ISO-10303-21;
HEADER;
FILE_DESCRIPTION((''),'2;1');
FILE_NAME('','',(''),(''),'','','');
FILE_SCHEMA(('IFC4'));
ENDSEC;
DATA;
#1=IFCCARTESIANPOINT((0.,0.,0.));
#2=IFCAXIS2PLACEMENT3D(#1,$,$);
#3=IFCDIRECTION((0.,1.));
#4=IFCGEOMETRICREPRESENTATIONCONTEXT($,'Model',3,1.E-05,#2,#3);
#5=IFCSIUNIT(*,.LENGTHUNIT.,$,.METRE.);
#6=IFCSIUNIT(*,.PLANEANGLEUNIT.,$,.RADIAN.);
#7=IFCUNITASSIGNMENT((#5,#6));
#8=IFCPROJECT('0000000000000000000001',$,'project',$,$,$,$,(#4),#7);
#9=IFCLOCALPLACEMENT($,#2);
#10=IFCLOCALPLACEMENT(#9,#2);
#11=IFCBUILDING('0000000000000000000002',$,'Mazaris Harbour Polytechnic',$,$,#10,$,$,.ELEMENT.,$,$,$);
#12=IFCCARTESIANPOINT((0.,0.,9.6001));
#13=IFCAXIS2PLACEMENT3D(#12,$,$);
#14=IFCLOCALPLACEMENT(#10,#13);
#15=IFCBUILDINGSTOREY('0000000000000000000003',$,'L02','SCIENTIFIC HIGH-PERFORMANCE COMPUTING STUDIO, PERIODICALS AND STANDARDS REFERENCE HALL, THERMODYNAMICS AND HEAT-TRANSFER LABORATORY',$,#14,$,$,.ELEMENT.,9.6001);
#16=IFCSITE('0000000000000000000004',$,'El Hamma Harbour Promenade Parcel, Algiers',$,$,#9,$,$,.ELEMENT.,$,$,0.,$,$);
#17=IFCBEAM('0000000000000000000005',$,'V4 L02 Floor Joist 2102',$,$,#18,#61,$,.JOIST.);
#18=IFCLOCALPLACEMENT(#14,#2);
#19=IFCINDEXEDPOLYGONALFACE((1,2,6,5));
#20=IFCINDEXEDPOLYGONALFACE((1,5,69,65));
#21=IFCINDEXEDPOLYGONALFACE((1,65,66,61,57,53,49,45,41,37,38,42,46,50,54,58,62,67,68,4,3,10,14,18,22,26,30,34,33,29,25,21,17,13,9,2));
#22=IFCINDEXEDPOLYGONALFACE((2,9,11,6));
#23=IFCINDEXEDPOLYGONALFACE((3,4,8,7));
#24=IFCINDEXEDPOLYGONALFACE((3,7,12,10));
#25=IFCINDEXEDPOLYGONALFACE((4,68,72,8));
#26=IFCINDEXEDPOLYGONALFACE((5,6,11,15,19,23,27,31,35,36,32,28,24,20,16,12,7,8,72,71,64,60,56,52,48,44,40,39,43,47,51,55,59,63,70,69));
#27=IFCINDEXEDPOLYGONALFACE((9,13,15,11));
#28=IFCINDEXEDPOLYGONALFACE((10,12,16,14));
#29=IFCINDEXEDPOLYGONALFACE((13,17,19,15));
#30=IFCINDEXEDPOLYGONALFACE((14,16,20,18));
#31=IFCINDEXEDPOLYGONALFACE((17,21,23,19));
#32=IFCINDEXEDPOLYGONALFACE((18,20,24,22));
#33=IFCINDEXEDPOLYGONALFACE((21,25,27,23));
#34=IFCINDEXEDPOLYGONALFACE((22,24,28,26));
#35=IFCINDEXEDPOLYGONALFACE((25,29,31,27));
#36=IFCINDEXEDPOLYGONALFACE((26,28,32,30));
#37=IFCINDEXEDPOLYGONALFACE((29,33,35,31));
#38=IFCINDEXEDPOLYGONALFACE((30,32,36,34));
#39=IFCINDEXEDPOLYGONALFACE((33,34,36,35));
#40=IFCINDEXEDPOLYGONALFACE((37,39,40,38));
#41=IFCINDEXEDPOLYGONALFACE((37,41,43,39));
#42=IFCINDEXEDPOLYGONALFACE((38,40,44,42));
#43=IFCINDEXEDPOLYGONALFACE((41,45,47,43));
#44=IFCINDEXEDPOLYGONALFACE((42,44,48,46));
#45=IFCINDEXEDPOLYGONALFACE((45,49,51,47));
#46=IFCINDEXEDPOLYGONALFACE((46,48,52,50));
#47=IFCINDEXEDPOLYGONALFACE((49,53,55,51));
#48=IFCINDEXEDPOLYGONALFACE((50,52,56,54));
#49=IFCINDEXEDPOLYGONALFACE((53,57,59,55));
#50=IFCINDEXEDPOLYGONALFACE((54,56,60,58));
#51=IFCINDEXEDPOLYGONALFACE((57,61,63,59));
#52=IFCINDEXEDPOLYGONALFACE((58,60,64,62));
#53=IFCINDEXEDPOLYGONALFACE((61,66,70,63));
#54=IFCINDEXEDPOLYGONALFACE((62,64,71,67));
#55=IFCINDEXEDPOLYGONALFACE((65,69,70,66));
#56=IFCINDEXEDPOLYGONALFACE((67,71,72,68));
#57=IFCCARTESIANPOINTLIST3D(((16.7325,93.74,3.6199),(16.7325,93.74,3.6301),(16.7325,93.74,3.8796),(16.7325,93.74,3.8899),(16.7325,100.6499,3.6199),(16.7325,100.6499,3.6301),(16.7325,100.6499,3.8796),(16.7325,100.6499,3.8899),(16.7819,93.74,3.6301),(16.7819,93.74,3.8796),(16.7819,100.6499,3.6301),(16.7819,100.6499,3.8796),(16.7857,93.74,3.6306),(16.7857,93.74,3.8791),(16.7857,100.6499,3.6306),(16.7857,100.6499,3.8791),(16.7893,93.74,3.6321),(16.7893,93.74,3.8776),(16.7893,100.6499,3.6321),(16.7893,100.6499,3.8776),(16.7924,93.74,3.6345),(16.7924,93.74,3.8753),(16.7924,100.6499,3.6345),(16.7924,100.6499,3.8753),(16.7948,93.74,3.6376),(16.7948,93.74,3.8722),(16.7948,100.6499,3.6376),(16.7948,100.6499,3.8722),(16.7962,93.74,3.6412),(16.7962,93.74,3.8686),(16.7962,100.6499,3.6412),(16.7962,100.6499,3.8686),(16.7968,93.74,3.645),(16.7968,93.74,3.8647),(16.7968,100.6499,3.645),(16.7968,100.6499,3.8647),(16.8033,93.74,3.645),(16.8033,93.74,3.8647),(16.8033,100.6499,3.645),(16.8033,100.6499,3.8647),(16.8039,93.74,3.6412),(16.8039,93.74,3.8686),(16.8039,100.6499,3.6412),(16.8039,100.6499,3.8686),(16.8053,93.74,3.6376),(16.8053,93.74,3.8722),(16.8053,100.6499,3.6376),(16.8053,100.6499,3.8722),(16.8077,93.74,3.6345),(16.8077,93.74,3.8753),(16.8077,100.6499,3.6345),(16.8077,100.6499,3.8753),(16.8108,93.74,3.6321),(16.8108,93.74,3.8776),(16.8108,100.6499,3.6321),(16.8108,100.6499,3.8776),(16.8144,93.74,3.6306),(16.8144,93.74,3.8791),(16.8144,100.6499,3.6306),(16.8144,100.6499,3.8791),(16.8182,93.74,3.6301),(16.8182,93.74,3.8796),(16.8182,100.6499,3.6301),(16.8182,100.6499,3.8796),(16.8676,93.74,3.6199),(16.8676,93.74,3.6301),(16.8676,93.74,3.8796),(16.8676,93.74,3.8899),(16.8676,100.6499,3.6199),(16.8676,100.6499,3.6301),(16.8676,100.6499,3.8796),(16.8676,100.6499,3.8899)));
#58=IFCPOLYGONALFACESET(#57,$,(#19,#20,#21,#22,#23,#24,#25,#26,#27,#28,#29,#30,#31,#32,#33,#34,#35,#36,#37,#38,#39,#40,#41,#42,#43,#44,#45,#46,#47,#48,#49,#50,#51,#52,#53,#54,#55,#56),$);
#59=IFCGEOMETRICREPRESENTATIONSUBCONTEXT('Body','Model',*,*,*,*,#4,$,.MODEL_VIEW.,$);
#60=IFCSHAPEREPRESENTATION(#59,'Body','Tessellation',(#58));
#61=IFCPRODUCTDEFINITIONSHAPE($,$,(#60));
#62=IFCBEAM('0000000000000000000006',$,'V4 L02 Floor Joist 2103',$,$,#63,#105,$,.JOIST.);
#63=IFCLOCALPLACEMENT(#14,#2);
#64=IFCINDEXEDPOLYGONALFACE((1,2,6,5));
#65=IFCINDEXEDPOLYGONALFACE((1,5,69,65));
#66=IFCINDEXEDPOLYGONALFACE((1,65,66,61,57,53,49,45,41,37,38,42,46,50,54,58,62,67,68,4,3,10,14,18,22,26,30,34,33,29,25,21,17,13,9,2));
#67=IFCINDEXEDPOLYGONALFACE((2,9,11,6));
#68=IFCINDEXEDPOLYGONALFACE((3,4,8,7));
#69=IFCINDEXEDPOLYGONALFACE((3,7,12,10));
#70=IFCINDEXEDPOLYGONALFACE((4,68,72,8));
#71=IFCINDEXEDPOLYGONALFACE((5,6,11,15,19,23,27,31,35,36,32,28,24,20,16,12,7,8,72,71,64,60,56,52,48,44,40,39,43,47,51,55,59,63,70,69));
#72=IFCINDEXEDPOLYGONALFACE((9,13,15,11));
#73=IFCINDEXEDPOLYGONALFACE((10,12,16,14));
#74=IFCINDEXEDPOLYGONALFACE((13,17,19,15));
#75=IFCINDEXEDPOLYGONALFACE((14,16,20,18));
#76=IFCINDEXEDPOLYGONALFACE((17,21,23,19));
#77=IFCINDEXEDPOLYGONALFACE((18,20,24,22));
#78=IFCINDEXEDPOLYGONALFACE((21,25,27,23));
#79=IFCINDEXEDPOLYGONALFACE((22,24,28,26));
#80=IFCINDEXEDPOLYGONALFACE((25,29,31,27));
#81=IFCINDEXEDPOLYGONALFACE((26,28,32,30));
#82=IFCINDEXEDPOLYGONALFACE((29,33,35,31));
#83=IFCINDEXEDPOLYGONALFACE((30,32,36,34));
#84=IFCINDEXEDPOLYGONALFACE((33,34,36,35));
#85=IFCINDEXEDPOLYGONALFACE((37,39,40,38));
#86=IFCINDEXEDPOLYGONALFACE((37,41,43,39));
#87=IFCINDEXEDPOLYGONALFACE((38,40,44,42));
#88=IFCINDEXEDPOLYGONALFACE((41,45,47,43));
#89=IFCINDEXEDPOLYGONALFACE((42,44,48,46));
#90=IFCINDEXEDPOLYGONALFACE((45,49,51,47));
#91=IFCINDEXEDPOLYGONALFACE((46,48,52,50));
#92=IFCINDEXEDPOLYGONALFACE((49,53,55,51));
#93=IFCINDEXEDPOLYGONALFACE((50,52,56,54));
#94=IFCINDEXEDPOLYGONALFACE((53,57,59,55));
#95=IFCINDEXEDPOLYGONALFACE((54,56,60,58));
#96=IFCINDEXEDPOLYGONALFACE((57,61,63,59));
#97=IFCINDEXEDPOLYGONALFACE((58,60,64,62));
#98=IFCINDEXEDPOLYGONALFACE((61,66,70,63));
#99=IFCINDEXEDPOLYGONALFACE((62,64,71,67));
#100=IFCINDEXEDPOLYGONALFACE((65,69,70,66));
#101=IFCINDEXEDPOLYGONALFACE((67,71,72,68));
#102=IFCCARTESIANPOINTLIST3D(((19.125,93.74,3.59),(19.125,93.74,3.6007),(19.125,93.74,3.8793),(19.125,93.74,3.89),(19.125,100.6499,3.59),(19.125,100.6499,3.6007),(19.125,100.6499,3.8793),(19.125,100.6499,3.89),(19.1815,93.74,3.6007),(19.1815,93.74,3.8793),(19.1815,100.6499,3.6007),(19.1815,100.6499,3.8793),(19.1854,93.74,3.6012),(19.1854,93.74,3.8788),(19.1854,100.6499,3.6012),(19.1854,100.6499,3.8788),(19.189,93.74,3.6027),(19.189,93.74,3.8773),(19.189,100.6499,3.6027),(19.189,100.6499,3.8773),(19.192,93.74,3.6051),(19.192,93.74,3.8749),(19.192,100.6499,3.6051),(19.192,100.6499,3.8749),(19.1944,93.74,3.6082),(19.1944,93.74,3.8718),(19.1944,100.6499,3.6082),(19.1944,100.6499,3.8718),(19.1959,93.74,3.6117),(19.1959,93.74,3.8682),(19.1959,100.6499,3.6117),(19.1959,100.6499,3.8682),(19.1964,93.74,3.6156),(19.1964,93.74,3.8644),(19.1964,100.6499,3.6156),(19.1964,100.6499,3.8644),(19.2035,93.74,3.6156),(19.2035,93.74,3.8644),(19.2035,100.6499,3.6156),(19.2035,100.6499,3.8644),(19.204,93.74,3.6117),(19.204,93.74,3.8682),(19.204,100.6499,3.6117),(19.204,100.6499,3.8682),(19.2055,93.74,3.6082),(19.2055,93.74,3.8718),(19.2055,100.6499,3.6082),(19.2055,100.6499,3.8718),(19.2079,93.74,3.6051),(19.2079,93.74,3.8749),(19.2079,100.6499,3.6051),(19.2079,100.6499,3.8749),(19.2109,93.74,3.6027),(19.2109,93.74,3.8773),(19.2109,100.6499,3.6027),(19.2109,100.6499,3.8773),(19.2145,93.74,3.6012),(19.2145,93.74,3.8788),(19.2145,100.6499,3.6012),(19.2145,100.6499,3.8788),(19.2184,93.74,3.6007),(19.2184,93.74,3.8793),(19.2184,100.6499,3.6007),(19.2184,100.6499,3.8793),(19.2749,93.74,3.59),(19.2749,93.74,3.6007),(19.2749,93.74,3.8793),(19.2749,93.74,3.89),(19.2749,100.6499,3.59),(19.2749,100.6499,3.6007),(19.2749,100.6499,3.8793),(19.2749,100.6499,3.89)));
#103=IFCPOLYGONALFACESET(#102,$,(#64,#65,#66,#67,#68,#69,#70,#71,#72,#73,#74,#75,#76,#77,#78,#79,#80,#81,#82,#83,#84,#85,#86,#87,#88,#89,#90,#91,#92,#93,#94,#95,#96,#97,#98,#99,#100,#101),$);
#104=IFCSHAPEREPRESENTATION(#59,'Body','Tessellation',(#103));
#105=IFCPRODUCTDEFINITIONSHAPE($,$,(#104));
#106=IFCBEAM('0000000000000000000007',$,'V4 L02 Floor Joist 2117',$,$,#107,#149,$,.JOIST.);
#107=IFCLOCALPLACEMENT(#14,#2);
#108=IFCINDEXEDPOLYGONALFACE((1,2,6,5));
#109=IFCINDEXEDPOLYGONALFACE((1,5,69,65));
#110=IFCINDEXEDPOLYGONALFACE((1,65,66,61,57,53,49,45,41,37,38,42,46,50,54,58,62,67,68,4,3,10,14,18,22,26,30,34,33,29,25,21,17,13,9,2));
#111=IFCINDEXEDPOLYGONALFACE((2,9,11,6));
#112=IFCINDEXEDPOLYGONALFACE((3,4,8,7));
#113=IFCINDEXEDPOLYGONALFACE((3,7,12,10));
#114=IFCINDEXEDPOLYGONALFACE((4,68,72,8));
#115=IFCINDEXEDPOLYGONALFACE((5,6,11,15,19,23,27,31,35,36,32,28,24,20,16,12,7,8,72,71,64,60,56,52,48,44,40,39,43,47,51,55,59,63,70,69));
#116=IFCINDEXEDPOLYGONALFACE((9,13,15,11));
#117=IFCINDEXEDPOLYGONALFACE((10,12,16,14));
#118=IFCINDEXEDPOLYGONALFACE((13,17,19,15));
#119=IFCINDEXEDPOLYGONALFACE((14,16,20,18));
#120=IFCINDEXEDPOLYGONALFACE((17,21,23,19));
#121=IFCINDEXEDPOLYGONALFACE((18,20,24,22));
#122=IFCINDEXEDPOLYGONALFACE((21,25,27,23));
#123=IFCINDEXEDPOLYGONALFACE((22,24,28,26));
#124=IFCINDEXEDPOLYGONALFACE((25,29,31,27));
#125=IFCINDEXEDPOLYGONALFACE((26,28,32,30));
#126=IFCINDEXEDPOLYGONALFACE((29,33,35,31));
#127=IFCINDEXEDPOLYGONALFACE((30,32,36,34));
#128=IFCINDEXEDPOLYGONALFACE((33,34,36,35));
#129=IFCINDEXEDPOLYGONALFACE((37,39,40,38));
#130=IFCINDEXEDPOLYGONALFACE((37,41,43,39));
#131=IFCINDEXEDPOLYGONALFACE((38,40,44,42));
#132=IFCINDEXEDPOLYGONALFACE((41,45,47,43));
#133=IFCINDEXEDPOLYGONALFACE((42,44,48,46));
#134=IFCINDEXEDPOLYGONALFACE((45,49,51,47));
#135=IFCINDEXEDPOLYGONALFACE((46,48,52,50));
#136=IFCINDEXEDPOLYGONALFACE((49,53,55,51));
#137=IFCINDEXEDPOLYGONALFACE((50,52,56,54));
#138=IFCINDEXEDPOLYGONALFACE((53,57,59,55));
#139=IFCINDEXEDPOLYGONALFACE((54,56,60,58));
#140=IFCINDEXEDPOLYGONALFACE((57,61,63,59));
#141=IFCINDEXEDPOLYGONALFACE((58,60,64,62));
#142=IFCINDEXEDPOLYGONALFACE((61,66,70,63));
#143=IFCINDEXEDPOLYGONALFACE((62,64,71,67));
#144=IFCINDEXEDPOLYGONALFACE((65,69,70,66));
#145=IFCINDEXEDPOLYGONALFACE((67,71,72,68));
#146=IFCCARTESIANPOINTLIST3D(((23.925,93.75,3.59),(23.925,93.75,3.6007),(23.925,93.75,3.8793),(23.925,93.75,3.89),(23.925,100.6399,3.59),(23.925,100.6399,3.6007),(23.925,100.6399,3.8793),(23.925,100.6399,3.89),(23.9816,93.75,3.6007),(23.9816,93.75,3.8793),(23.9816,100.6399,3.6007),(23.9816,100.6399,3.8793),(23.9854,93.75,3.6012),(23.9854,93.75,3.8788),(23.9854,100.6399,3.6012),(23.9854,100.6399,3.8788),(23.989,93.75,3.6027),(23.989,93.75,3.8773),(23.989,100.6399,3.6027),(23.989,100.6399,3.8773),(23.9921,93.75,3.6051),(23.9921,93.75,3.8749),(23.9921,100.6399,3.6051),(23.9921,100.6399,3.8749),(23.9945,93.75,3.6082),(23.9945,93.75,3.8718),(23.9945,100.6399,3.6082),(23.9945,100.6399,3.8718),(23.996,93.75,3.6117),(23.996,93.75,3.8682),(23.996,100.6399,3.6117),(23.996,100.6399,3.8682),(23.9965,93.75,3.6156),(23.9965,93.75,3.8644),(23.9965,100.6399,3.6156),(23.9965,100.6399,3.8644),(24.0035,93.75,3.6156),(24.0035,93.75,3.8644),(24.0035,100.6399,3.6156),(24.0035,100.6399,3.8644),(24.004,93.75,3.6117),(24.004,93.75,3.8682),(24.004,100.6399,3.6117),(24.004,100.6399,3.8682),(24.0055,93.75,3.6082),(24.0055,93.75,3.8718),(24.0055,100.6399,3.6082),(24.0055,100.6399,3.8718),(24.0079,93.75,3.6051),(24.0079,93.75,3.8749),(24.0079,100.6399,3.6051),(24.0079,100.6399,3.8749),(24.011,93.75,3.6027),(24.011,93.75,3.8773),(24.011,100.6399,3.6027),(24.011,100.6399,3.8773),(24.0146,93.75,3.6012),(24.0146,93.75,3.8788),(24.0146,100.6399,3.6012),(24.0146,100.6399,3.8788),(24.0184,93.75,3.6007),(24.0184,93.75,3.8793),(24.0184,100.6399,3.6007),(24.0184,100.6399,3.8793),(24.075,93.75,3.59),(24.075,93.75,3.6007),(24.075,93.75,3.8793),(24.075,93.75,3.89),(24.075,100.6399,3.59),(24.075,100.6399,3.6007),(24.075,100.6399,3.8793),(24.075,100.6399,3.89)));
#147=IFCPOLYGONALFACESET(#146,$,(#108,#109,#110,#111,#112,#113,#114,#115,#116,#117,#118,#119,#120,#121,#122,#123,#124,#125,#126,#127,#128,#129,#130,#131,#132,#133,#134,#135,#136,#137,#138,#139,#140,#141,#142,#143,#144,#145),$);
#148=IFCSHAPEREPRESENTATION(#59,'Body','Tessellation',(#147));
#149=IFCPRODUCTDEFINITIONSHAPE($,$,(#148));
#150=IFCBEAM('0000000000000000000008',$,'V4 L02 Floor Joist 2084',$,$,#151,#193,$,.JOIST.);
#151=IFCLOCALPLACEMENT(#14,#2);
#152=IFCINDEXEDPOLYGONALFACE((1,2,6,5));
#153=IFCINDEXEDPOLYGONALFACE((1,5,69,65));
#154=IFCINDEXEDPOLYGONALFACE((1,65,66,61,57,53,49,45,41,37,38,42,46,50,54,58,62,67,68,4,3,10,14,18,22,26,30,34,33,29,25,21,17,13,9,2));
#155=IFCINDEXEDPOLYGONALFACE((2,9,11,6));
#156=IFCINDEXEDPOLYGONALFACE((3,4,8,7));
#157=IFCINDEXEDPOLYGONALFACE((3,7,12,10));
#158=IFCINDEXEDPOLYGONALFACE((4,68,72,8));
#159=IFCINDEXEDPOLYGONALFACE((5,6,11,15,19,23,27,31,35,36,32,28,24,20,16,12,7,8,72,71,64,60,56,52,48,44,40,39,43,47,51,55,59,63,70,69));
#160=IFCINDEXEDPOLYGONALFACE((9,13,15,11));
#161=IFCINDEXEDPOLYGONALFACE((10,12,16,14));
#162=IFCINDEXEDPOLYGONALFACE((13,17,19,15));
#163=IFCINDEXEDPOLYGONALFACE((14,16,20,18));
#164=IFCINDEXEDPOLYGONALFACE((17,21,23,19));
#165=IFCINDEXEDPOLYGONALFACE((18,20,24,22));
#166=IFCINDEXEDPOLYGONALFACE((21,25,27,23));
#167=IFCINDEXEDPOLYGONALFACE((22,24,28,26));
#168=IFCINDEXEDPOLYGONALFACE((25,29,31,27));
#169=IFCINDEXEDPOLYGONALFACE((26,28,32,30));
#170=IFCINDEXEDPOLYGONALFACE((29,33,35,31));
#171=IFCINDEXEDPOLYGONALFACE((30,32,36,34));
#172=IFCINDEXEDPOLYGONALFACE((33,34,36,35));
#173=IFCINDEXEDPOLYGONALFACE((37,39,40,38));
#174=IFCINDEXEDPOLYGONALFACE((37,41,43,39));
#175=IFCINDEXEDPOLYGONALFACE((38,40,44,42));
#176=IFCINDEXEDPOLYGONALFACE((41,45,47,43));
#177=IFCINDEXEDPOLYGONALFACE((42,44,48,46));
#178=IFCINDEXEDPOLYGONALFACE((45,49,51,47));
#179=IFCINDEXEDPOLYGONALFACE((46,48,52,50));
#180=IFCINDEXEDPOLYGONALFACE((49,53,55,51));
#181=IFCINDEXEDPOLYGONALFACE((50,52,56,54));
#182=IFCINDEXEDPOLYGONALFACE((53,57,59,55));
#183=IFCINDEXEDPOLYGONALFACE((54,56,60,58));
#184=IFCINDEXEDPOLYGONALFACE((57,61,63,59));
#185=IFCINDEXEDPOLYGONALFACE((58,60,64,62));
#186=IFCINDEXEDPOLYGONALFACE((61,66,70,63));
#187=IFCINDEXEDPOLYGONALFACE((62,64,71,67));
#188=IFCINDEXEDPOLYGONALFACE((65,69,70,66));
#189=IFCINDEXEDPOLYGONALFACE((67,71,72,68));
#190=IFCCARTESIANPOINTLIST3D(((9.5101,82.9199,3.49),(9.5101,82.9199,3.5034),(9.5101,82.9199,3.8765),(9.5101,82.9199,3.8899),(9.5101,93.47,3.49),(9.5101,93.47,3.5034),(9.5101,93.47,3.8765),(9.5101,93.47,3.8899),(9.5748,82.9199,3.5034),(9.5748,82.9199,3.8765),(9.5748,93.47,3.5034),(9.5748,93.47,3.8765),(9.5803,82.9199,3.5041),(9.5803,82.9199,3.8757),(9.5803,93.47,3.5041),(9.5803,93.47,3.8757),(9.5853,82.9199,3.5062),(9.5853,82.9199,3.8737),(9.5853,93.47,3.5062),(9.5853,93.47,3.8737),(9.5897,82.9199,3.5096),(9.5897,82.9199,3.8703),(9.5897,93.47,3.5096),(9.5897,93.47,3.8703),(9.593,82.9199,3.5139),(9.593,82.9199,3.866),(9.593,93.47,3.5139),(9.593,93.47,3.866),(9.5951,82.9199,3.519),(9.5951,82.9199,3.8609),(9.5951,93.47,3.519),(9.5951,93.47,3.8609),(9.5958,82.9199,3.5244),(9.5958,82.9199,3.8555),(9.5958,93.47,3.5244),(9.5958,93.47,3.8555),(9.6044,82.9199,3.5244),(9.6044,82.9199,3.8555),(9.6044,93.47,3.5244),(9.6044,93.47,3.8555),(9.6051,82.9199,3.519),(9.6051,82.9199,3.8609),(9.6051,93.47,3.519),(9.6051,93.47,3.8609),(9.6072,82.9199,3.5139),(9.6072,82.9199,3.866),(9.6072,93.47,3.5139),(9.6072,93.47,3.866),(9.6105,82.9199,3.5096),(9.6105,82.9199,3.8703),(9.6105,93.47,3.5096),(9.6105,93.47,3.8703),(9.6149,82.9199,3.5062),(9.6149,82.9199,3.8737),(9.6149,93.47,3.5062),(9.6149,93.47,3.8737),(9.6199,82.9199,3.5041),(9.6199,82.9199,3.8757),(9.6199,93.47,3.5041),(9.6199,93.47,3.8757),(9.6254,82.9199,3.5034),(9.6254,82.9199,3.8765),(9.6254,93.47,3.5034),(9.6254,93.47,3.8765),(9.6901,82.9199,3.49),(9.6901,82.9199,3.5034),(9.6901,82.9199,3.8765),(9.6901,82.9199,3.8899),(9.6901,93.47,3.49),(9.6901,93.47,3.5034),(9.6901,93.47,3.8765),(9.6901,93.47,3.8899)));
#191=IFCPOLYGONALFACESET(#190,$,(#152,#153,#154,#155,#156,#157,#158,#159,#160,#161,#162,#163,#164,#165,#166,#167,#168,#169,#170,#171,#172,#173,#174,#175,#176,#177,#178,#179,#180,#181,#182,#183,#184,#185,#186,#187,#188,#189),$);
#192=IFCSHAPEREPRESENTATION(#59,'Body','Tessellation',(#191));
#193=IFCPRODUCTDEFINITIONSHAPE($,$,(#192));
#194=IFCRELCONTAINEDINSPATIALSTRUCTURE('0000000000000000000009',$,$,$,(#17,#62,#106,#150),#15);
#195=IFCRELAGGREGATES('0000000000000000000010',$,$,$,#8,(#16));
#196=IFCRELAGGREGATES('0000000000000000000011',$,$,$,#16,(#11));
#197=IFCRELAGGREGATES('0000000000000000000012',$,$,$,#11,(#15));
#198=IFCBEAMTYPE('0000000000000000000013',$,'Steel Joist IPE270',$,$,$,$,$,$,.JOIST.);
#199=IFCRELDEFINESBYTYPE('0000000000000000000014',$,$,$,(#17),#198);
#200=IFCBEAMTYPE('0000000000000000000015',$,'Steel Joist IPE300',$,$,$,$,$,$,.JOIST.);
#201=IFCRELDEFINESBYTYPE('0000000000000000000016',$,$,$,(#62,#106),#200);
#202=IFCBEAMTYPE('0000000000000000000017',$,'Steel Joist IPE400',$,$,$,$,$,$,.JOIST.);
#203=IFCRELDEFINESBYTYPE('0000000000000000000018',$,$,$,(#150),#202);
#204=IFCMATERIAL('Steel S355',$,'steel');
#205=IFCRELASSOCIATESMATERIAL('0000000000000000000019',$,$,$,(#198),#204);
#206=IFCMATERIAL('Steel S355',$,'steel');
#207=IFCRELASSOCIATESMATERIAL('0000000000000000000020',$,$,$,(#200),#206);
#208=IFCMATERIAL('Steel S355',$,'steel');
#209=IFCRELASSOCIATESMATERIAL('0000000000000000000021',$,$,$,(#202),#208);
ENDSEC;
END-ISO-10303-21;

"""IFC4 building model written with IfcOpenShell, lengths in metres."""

from ifc_helpers import new_model, si_unit, direction, frame, origin, origin_2d, place, context, subcontext, project, spatial, i_section, extrude, material, material_profile, profile_set, type_object, element, save


model = new_model("IFC4")

# Units and contexts
model_context = context("Model", 3, precision=1e-05, world=origin(), true_north=direction((0.0, 1.0)))
body_context = subcontext(model_context, "Body", "Model", "MODEL_VIEW")
ifc_project = project(units=[si_unit("LENGTHUNIT", "METRE"), si_unit("PLANEANGLEUNIT", "RADIAN")], contexts=[model_context])

# Site, building, storey
site_placement = place(None, origin())
site = spatial("IfcSite", under=ifc_project, at=site_placement, Name="El Hamma Harbour Promenade Parcel, Algiers", CompositionType="ELEMENT", RefElevation=0.0)
building_placement = place(site_placement, origin())
building = spatial("IfcBuilding", under=site, at=building_placement, Name="Mazaris Harbour Polytechnic", CompositionType="ELEMENT")
storey_placement = place(building_placement, frame((0.0, 0.0, 9.6001)))
storey = spatial("IfcBuildingStorey", under=building, at=storey_placement, Name="L02", Description="SCIENTIFIC HIGH-PERFORMANCE COMPUTING STUDIO, PERIODICALS AND STANDARDS REFERENCE HALL, THERMODYNAMICS AND HEAT-TRANSFER LABORATORY", CompositionType="ELEMENT", Elevation=9.6001)

# Beams
ifc_material_1 = material(Name="Steel S355", Category="steel")
ifc_material_profile_1 = material_profile(ifc_material_1, i_section(OverallWidth=0.135, OverallDepth=0.27, WebThickness=0.0066, FlangeThickness=0.0103, FilletRadius=0.0149, at=origin_2d()), Name="IPE 270")
ifc_profile_set_1 = profile_set([ifc_material_profile_1], Name="Steel S355")
beam_type_1 = type_object("IfcBeamType", Name="Steel Joist IPE270", PredefinedType="JOIST", material=ifc_profile_set_1)
beam_1_placement = place(storey_placement, frame((16.8, 93.74, 3.7549), z_axis=(0.0, 1.0, 0.0), x_axis=(-1.0, 0.0, 0.0)))
element("IfcBeam", 1, at=beam_1_placement, inside=storey, type_object=beam_type_1, Name="V4 L02 Floor Joist 2102", PredefinedType="JOIST", context=body_context, shape_type="SweptSolid", body=[
    extrude(i_section(OverallWidth=0.135, OverallDepth=0.27, WebThickness=0.0066, FlangeThickness=0.0103, FilletRadius=0.0149, at=origin_2d()), origin(), (0.0, 0.0, 1.0), 6.9099),
])
ifc_material_2 = material(Name="Steel S355", Category="steel")
ifc_material_profile_2 = material_profile(ifc_material_2, i_section(OverallWidth=0.1499, OverallDepth=0.3, WebThickness=0.0071, FlangeThickness=0.0107, FilletRadius=0.0149, at=origin_2d()), Name="IPE 300")
ifc_profile_set_2 = profile_set([ifc_material_profile_2], Name="Steel S355")
beam_type_2 = type_object("IfcBeamType", Name="Steel Joist IPE300", PredefinedType="JOIST", material=ifc_profile_set_2)
beam_2_placement = place(storey_placement, frame((19.2, 93.74, 3.74), z_axis=(0.0, 1.0, 0.0), x_axis=(-1.0, 0.0, 0.0)))
element("IfcBeam", 2, at=beam_2_placement, inside=storey, type_object=beam_type_2, Name="V4 L02 Floor Joist 2103", PredefinedType="JOIST", context=body_context, shape_type="SweptSolid", body=[
    extrude(i_section(OverallWidth=0.1499, OverallDepth=0.3, WebThickness=0.0071, FlangeThickness=0.0107, FilletRadius=0.0149, at=origin_2d()), origin(), (0.0, 0.0, 1.0), 6.9099),
])
beam_3_placement = place(storey_placement, frame((24.0, 93.75, 3.74), z_axis=(0.0, 1.0, 0.0), x_axis=(-1.0, 0.0, 0.0)))
element("IfcBeam", 3, at=beam_3_placement, inside=storey, type_object=beam_type_2, Name="V4 L02 Floor Joist 2117", PredefinedType="JOIST", context=body_context, shape_type="SweptSolid", body=[
    extrude(i_section(OverallWidth=0.1499, OverallDepth=0.3, WebThickness=0.0071, FlangeThickness=0.0107, FilletRadius=0.0149, at=origin_2d()), origin(), (0.0, 0.0, 1.0), 6.8899),
])
ifc_material_3 = material(Name="Steel S355", Category="steel")
ifc_material_profile_3 = material_profile(ifc_material_3, i_section(OverallWidth=0.1799, OverallDepth=0.3999, WebThickness=0.0085, FlangeThickness=0.0134, FilletRadius=0.021, at=origin_2d()), Name="IPE 400")
ifc_profile_set_3 = profile_set([ifc_material_profile_3], Name="Steel S355")
beam_type_3 = type_object("IfcBeamType", Name="Steel Joist IPE400", PredefinedType="JOIST", material=ifc_profile_set_3)
beam_4_placement = place(storey_placement, frame((9.6001, 82.9199, 3.6899), z_axis=(0.0, 1.0, 0.0), x_axis=(-1.0, 0.0, 0.0)))
element("IfcBeam", 4, at=beam_4_placement, inside=storey, type_object=beam_type_3, Name="V4 L02 Floor Joist 2084", PredefinedType="JOIST", context=body_context, shape_type="SweptSolid", body=[
    extrude(i_section(OverallWidth=0.1799, OverallDepth=0.3999, WebThickness=0.0085, FlangeThickness=0.0134, FilletRadius=0.021, at=origin_2d()), origin(), (0.0, 0.0, 1.0), 10.55),
])

save(model, "model.ifc")
